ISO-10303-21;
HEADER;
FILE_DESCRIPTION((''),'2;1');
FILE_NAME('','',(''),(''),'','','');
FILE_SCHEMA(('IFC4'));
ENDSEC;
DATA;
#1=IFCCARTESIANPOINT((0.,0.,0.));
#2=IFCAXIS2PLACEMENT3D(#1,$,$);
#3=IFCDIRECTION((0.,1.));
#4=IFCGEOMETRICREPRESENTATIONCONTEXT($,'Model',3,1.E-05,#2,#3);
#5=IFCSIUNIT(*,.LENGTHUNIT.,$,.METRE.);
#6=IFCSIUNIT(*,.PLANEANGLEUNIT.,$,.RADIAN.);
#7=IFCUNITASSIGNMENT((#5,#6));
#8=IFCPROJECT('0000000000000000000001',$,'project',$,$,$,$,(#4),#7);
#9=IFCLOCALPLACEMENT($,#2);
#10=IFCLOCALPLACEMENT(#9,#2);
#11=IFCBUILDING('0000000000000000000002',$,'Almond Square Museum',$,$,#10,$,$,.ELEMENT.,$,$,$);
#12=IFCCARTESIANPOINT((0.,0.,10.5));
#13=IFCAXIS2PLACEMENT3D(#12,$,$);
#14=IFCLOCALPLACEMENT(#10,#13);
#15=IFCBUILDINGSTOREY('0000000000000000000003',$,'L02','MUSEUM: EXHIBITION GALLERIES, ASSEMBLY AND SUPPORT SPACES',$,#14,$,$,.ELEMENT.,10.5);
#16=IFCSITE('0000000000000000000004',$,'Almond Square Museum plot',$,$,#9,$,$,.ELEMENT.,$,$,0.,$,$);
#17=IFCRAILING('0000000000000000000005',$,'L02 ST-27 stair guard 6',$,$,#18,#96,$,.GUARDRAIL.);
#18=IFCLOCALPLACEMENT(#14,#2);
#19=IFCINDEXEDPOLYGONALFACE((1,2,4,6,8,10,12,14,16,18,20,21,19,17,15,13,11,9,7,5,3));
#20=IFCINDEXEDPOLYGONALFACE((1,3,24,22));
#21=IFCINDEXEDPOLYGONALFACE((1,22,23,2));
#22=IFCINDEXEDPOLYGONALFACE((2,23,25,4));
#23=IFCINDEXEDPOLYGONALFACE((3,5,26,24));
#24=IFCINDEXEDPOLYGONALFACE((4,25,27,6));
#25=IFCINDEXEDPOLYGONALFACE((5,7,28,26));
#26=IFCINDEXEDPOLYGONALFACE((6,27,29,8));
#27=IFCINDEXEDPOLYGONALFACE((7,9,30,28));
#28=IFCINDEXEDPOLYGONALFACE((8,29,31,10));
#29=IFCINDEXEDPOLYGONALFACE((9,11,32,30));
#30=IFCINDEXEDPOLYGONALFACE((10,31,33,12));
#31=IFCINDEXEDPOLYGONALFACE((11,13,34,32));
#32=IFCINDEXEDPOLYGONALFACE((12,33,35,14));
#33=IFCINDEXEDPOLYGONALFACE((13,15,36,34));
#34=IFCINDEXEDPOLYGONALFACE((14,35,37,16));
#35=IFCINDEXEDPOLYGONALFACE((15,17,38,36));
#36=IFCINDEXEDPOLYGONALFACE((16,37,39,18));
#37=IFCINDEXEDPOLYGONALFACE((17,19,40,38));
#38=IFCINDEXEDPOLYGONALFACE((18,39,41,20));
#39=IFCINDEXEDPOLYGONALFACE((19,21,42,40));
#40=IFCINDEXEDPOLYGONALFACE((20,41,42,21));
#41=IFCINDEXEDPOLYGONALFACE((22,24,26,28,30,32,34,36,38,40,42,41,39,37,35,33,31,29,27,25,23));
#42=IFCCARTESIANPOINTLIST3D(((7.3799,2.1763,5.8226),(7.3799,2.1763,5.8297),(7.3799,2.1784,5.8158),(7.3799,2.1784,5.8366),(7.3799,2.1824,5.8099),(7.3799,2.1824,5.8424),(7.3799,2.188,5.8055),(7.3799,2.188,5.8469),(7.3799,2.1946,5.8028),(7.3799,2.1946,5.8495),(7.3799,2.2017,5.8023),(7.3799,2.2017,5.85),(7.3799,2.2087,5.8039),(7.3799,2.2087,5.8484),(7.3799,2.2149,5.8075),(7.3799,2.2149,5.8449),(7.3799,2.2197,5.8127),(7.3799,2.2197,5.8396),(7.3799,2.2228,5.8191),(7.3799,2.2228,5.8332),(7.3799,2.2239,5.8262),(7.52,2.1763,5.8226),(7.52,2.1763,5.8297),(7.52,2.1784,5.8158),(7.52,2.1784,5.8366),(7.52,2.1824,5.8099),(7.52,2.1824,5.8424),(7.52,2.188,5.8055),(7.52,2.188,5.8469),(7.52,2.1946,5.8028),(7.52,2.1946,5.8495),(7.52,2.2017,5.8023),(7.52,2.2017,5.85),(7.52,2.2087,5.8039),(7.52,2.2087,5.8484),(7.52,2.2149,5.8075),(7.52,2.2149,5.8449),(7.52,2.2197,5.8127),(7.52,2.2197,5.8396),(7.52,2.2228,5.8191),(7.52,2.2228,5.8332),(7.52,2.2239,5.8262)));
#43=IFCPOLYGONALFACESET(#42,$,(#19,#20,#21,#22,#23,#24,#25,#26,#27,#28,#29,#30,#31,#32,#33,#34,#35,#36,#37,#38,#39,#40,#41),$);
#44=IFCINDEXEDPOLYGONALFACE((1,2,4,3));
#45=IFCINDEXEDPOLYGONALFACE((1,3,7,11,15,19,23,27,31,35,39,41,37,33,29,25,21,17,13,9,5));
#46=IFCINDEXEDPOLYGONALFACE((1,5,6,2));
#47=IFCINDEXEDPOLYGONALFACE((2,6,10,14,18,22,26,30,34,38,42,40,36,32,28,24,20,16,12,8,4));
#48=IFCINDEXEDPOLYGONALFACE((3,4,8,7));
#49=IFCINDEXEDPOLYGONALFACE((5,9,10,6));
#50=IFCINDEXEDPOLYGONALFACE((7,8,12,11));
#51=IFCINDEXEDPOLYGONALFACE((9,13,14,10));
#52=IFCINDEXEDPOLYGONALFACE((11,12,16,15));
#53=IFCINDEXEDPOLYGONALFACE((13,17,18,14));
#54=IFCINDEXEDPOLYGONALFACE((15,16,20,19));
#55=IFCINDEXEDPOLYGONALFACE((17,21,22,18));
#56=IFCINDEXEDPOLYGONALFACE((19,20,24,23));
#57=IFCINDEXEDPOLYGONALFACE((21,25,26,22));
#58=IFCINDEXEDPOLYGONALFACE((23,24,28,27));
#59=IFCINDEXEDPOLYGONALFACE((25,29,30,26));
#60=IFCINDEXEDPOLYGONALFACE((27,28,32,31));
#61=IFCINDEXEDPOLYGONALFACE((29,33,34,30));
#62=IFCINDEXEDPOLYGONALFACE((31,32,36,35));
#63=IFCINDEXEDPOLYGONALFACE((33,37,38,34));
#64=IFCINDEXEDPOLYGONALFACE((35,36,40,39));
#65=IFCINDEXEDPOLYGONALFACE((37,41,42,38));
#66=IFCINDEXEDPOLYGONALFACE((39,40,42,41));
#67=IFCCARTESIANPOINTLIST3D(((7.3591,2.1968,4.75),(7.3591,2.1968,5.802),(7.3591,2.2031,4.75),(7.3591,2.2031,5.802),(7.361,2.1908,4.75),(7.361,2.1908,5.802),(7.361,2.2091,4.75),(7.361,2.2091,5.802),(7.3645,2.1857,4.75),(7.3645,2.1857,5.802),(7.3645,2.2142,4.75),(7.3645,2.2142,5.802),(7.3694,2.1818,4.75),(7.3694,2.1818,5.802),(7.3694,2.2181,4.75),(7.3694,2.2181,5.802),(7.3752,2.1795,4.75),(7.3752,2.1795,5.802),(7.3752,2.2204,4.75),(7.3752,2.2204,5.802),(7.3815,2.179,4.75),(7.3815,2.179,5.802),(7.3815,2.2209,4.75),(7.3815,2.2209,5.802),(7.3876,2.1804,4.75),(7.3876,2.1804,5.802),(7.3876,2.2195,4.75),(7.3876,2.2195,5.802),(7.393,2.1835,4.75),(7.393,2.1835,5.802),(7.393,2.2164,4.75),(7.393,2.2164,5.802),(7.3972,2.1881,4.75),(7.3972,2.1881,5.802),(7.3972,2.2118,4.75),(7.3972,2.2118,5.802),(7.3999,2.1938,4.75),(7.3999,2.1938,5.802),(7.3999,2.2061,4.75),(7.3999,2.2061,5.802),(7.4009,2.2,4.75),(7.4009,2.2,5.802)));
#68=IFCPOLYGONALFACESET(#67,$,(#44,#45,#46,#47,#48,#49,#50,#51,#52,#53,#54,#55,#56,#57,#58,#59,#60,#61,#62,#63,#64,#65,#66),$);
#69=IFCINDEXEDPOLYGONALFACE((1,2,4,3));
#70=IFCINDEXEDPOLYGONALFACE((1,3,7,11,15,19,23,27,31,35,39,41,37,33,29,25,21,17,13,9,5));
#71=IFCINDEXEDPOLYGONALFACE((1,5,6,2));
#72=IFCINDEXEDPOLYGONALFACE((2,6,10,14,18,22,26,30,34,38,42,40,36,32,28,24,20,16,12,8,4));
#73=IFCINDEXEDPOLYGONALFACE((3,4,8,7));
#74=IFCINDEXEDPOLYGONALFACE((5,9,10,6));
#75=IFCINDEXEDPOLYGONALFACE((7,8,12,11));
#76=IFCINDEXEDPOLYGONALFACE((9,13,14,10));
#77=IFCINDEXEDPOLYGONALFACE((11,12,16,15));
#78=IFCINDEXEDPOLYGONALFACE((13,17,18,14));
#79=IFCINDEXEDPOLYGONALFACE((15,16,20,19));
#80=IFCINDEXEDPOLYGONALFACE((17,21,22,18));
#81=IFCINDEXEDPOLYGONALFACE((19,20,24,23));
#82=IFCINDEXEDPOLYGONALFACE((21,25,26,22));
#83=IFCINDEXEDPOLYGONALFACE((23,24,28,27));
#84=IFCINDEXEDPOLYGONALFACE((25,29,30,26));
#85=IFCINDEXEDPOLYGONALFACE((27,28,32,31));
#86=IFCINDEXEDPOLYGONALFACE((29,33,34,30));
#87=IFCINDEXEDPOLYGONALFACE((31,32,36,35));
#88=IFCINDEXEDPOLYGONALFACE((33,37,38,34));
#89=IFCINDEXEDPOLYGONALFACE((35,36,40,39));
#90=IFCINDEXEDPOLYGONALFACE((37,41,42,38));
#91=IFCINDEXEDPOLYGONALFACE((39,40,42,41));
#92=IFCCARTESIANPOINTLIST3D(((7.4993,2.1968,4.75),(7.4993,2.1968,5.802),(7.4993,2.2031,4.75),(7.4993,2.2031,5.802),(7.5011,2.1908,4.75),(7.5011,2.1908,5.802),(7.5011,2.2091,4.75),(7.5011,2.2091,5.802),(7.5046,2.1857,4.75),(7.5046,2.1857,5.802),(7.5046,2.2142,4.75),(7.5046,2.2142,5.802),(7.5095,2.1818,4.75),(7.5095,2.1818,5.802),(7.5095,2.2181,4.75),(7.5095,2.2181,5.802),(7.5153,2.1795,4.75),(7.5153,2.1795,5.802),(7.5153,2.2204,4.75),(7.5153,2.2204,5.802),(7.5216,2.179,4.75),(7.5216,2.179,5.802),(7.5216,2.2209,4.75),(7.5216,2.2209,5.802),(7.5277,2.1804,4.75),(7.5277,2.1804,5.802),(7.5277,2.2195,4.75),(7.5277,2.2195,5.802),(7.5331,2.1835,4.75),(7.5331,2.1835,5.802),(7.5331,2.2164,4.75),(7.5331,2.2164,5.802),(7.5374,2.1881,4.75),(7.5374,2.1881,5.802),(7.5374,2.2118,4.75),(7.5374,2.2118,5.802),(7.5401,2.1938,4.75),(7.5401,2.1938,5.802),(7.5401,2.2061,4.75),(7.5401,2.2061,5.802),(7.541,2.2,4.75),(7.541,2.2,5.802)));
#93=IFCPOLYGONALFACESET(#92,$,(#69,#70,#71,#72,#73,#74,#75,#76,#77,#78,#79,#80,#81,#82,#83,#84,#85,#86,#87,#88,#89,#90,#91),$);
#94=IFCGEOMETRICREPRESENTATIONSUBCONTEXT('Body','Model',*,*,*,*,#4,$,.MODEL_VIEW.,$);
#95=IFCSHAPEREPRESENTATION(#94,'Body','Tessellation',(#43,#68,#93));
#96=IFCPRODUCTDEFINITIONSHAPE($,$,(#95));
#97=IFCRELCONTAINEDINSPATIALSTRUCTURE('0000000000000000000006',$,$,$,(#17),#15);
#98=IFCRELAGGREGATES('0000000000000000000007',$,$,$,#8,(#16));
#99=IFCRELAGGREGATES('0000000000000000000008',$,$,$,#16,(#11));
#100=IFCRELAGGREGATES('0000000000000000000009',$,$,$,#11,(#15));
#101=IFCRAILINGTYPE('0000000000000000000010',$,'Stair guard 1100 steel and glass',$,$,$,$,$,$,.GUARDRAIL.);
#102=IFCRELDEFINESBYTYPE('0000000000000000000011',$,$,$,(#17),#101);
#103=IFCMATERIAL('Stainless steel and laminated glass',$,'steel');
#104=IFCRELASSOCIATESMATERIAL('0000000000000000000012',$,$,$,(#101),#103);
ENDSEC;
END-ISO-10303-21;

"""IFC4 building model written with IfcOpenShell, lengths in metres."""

from ifc_helpers import new_model, si_unit, direction, frame, origin, origin_2d, place, context, subcontext, project, spatial, circle, extrude, material, type_object, element, save


model = new_model("IFC4")

# Units and contexts
model_context = context("Model", 3, precision=1e-05, world=origin(), true_north=direction((0.0, 1.0)))
body_context = subcontext(model_context, "Body", "Model", "MODEL_VIEW")
ifc_project = project(units=[si_unit("LENGTHUNIT", "METRE"), si_unit("PLANEANGLEUNIT", "RADIAN")], contexts=[model_context])

# Site, building, storey
site_placement = place(None, origin())
site = spatial("IfcSite", under=ifc_project, at=site_placement, Name="Almond Square Museum plot", CompositionType="ELEMENT", RefElevation=0.0)
building_placement = place(site_placement, origin())
building = spatial("IfcBuilding", under=site, at=building_placement, Name="Almond Square Museum", CompositionType="ELEMENT")
storey_placement = place(building_placement, frame((0.0, 0.0, 10.5)))
storey = spatial("IfcBuildingStorey", under=building, at=storey_placement, Name="L02", Description="MUSEUM: EXHIBITION GALLERIES, ASSEMBLY AND SUPPORT SPACES", CompositionType="ELEMENT", Elevation=10.5)

# Railing
ifc_material_1 = material(Name="Stainless steel and laminated glass", Category="steel")
railing_type_1 = type_object("IfcRailingType", Name="Stair guard 1100 steel and glass", PredefinedType="GUARDRAIL", material=ifc_material_1)
railing_1_placement = place(storey_placement, frame((7.3799, 2.2, 4.75)))
element("IfcRailing", 1, at=railing_1_placement, inside=storey, type_object=railing_type_1, Name="L02 ST-27 stair guard 6", PredefinedType="GUARDRAIL", context=body_context, shape_type="SweptSolid", body=[
    extrude(circle(Radius=0.0239, at=origin_2d()), frame((0.0, 0.0, 1.0762), z_axis=(1.0, 0.0, 0.0), x_axis=(0.0, 1.0, 0.0)), (0.0, 0.0, 1.0), 0.1401),
    extrude(circle(Radius=0.021, at=origin_2d()), origin(), (0.0, 0.0, 1.0), 1.052),
    extrude(circle(Radius=0.021, at=origin_2d()), frame((0.1401, 0.0, 0.0)), (0.0, 0.0, 1.0), 1.052),
])

save(model, "model.ifc")
